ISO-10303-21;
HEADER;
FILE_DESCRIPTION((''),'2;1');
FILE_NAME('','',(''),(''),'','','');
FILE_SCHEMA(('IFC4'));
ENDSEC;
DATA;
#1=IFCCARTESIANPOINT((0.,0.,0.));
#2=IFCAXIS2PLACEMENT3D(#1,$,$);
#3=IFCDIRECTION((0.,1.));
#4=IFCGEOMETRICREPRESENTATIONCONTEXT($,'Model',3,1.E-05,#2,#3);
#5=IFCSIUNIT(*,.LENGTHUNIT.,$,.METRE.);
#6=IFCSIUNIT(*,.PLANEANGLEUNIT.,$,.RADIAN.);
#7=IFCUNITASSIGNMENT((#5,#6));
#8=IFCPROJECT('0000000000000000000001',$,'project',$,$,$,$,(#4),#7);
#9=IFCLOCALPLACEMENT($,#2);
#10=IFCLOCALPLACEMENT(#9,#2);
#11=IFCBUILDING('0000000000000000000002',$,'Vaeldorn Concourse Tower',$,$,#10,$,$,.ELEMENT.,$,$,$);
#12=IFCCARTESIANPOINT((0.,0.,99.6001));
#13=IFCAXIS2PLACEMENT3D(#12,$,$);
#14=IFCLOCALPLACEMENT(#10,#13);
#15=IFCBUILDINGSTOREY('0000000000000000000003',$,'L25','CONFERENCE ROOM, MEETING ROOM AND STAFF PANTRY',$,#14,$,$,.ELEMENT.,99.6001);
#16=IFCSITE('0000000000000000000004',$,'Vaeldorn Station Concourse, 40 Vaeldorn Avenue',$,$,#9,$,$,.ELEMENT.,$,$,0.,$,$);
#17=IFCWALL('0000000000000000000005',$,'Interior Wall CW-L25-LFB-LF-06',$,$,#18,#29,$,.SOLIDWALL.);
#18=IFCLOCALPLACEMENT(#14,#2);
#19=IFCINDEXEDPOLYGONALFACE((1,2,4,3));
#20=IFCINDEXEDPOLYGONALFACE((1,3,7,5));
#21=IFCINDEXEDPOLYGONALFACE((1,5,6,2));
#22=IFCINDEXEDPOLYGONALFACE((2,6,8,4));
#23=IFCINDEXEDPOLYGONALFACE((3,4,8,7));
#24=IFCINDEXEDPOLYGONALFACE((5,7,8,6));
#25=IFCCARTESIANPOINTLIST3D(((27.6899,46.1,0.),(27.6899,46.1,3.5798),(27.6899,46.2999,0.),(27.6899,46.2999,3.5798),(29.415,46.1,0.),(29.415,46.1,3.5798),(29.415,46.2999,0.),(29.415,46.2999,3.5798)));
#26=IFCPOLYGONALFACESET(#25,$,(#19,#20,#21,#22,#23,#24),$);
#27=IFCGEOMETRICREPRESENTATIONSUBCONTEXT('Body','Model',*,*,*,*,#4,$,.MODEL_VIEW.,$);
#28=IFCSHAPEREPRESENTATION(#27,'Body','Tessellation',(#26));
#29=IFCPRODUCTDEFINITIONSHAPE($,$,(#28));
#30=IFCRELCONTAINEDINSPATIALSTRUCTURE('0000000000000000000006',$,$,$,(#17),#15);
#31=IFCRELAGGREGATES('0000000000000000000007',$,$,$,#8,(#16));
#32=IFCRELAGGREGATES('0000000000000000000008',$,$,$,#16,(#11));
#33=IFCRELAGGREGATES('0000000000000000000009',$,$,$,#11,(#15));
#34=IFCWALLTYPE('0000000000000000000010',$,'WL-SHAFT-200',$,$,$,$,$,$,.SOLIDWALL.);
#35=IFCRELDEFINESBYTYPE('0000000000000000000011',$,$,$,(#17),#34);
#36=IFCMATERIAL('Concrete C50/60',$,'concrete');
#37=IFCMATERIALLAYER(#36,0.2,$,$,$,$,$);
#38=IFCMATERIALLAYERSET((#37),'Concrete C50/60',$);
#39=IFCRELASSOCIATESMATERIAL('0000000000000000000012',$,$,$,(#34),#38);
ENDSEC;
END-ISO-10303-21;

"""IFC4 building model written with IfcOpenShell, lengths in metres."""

from ifc_helpers import new_model, si_unit, direction, frame, frame_2d, origin, place, context, subcontext, project, spatial, rectangle, extrude, material, layer, layer_set, type_object, element, save


model = new_model("IFC4")

# Units and contexts
model_context = context("Model", 3, precision=1e-05, world=origin(), true_north=direction((0.0, 1.0)))
body_context = subcontext(model_context, "Body", "Model", "MODEL_VIEW")
ifc_project = project(units=[si_unit("LENGTHUNIT", "METRE"), si_unit("PLANEANGLEUNIT", "RADIAN")], contexts=[model_context])

# Site, building, storey
site_placement = place(None, origin())
site = spatial("IfcSite", under=ifc_project, at=site_placement, Name="Vaeldorn Station Concourse, 40 Vaeldorn Avenue", CompositionType="ELEMENT", RefElevation=0.0)
building_placement = place(site_placement, origin())
building = spatial("IfcBuilding", under=site, at=building_placement, Name="Vaeldorn Concourse Tower", CompositionType="ELEMENT")
storey_placement = place(building_placement, frame((0.0, 0.0, 99.6001)))
storey = spatial("IfcBuildingStorey", under=building, at=storey_placement, Name="L25", Description="CONFERENCE ROOM, MEETING ROOM AND STAFF PANTRY", CompositionType="ELEMENT", Elevation=99.6001)

# Shared definitions
ifc_material_1 = material(Name="Concrete C50/60", Category="concrete")
ifc_layer_1 = layer(ifc_material_1, 0.2)
ifc_layer_set_1 = layer_set([ifc_layer_1], Name="Concrete C50/60")
wall_type_1 = type_object("IfcWallType", Name="WL-SHAFT-200", PredefinedType="SOLIDWALL", material=ifc_layer_set_1)

# Wall
wall_1_placement = place(storey_placement, frame((27.6899, 46.2, 0.0), z_axis=(0.0, 0.0, 1.0), x_axis=(1.0, 0.0, 0.0)))
element("IfcWall", 1, at=wall_1_placement, inside=storey, type_object=wall_type_1, Name="Interior Wall CW-L25-LFB-LF-06", PredefinedType="SOLIDWALL", context=body_context, shape_type="SweptSolid", body=[
    extrude(rectangle(XDim=1.7251, YDim=0.2, at=frame_2d((0.8625, 0.0))), origin(), (0.0, 0.0, 1.0), 3.5798),
])

save(model, "model.ifc")
